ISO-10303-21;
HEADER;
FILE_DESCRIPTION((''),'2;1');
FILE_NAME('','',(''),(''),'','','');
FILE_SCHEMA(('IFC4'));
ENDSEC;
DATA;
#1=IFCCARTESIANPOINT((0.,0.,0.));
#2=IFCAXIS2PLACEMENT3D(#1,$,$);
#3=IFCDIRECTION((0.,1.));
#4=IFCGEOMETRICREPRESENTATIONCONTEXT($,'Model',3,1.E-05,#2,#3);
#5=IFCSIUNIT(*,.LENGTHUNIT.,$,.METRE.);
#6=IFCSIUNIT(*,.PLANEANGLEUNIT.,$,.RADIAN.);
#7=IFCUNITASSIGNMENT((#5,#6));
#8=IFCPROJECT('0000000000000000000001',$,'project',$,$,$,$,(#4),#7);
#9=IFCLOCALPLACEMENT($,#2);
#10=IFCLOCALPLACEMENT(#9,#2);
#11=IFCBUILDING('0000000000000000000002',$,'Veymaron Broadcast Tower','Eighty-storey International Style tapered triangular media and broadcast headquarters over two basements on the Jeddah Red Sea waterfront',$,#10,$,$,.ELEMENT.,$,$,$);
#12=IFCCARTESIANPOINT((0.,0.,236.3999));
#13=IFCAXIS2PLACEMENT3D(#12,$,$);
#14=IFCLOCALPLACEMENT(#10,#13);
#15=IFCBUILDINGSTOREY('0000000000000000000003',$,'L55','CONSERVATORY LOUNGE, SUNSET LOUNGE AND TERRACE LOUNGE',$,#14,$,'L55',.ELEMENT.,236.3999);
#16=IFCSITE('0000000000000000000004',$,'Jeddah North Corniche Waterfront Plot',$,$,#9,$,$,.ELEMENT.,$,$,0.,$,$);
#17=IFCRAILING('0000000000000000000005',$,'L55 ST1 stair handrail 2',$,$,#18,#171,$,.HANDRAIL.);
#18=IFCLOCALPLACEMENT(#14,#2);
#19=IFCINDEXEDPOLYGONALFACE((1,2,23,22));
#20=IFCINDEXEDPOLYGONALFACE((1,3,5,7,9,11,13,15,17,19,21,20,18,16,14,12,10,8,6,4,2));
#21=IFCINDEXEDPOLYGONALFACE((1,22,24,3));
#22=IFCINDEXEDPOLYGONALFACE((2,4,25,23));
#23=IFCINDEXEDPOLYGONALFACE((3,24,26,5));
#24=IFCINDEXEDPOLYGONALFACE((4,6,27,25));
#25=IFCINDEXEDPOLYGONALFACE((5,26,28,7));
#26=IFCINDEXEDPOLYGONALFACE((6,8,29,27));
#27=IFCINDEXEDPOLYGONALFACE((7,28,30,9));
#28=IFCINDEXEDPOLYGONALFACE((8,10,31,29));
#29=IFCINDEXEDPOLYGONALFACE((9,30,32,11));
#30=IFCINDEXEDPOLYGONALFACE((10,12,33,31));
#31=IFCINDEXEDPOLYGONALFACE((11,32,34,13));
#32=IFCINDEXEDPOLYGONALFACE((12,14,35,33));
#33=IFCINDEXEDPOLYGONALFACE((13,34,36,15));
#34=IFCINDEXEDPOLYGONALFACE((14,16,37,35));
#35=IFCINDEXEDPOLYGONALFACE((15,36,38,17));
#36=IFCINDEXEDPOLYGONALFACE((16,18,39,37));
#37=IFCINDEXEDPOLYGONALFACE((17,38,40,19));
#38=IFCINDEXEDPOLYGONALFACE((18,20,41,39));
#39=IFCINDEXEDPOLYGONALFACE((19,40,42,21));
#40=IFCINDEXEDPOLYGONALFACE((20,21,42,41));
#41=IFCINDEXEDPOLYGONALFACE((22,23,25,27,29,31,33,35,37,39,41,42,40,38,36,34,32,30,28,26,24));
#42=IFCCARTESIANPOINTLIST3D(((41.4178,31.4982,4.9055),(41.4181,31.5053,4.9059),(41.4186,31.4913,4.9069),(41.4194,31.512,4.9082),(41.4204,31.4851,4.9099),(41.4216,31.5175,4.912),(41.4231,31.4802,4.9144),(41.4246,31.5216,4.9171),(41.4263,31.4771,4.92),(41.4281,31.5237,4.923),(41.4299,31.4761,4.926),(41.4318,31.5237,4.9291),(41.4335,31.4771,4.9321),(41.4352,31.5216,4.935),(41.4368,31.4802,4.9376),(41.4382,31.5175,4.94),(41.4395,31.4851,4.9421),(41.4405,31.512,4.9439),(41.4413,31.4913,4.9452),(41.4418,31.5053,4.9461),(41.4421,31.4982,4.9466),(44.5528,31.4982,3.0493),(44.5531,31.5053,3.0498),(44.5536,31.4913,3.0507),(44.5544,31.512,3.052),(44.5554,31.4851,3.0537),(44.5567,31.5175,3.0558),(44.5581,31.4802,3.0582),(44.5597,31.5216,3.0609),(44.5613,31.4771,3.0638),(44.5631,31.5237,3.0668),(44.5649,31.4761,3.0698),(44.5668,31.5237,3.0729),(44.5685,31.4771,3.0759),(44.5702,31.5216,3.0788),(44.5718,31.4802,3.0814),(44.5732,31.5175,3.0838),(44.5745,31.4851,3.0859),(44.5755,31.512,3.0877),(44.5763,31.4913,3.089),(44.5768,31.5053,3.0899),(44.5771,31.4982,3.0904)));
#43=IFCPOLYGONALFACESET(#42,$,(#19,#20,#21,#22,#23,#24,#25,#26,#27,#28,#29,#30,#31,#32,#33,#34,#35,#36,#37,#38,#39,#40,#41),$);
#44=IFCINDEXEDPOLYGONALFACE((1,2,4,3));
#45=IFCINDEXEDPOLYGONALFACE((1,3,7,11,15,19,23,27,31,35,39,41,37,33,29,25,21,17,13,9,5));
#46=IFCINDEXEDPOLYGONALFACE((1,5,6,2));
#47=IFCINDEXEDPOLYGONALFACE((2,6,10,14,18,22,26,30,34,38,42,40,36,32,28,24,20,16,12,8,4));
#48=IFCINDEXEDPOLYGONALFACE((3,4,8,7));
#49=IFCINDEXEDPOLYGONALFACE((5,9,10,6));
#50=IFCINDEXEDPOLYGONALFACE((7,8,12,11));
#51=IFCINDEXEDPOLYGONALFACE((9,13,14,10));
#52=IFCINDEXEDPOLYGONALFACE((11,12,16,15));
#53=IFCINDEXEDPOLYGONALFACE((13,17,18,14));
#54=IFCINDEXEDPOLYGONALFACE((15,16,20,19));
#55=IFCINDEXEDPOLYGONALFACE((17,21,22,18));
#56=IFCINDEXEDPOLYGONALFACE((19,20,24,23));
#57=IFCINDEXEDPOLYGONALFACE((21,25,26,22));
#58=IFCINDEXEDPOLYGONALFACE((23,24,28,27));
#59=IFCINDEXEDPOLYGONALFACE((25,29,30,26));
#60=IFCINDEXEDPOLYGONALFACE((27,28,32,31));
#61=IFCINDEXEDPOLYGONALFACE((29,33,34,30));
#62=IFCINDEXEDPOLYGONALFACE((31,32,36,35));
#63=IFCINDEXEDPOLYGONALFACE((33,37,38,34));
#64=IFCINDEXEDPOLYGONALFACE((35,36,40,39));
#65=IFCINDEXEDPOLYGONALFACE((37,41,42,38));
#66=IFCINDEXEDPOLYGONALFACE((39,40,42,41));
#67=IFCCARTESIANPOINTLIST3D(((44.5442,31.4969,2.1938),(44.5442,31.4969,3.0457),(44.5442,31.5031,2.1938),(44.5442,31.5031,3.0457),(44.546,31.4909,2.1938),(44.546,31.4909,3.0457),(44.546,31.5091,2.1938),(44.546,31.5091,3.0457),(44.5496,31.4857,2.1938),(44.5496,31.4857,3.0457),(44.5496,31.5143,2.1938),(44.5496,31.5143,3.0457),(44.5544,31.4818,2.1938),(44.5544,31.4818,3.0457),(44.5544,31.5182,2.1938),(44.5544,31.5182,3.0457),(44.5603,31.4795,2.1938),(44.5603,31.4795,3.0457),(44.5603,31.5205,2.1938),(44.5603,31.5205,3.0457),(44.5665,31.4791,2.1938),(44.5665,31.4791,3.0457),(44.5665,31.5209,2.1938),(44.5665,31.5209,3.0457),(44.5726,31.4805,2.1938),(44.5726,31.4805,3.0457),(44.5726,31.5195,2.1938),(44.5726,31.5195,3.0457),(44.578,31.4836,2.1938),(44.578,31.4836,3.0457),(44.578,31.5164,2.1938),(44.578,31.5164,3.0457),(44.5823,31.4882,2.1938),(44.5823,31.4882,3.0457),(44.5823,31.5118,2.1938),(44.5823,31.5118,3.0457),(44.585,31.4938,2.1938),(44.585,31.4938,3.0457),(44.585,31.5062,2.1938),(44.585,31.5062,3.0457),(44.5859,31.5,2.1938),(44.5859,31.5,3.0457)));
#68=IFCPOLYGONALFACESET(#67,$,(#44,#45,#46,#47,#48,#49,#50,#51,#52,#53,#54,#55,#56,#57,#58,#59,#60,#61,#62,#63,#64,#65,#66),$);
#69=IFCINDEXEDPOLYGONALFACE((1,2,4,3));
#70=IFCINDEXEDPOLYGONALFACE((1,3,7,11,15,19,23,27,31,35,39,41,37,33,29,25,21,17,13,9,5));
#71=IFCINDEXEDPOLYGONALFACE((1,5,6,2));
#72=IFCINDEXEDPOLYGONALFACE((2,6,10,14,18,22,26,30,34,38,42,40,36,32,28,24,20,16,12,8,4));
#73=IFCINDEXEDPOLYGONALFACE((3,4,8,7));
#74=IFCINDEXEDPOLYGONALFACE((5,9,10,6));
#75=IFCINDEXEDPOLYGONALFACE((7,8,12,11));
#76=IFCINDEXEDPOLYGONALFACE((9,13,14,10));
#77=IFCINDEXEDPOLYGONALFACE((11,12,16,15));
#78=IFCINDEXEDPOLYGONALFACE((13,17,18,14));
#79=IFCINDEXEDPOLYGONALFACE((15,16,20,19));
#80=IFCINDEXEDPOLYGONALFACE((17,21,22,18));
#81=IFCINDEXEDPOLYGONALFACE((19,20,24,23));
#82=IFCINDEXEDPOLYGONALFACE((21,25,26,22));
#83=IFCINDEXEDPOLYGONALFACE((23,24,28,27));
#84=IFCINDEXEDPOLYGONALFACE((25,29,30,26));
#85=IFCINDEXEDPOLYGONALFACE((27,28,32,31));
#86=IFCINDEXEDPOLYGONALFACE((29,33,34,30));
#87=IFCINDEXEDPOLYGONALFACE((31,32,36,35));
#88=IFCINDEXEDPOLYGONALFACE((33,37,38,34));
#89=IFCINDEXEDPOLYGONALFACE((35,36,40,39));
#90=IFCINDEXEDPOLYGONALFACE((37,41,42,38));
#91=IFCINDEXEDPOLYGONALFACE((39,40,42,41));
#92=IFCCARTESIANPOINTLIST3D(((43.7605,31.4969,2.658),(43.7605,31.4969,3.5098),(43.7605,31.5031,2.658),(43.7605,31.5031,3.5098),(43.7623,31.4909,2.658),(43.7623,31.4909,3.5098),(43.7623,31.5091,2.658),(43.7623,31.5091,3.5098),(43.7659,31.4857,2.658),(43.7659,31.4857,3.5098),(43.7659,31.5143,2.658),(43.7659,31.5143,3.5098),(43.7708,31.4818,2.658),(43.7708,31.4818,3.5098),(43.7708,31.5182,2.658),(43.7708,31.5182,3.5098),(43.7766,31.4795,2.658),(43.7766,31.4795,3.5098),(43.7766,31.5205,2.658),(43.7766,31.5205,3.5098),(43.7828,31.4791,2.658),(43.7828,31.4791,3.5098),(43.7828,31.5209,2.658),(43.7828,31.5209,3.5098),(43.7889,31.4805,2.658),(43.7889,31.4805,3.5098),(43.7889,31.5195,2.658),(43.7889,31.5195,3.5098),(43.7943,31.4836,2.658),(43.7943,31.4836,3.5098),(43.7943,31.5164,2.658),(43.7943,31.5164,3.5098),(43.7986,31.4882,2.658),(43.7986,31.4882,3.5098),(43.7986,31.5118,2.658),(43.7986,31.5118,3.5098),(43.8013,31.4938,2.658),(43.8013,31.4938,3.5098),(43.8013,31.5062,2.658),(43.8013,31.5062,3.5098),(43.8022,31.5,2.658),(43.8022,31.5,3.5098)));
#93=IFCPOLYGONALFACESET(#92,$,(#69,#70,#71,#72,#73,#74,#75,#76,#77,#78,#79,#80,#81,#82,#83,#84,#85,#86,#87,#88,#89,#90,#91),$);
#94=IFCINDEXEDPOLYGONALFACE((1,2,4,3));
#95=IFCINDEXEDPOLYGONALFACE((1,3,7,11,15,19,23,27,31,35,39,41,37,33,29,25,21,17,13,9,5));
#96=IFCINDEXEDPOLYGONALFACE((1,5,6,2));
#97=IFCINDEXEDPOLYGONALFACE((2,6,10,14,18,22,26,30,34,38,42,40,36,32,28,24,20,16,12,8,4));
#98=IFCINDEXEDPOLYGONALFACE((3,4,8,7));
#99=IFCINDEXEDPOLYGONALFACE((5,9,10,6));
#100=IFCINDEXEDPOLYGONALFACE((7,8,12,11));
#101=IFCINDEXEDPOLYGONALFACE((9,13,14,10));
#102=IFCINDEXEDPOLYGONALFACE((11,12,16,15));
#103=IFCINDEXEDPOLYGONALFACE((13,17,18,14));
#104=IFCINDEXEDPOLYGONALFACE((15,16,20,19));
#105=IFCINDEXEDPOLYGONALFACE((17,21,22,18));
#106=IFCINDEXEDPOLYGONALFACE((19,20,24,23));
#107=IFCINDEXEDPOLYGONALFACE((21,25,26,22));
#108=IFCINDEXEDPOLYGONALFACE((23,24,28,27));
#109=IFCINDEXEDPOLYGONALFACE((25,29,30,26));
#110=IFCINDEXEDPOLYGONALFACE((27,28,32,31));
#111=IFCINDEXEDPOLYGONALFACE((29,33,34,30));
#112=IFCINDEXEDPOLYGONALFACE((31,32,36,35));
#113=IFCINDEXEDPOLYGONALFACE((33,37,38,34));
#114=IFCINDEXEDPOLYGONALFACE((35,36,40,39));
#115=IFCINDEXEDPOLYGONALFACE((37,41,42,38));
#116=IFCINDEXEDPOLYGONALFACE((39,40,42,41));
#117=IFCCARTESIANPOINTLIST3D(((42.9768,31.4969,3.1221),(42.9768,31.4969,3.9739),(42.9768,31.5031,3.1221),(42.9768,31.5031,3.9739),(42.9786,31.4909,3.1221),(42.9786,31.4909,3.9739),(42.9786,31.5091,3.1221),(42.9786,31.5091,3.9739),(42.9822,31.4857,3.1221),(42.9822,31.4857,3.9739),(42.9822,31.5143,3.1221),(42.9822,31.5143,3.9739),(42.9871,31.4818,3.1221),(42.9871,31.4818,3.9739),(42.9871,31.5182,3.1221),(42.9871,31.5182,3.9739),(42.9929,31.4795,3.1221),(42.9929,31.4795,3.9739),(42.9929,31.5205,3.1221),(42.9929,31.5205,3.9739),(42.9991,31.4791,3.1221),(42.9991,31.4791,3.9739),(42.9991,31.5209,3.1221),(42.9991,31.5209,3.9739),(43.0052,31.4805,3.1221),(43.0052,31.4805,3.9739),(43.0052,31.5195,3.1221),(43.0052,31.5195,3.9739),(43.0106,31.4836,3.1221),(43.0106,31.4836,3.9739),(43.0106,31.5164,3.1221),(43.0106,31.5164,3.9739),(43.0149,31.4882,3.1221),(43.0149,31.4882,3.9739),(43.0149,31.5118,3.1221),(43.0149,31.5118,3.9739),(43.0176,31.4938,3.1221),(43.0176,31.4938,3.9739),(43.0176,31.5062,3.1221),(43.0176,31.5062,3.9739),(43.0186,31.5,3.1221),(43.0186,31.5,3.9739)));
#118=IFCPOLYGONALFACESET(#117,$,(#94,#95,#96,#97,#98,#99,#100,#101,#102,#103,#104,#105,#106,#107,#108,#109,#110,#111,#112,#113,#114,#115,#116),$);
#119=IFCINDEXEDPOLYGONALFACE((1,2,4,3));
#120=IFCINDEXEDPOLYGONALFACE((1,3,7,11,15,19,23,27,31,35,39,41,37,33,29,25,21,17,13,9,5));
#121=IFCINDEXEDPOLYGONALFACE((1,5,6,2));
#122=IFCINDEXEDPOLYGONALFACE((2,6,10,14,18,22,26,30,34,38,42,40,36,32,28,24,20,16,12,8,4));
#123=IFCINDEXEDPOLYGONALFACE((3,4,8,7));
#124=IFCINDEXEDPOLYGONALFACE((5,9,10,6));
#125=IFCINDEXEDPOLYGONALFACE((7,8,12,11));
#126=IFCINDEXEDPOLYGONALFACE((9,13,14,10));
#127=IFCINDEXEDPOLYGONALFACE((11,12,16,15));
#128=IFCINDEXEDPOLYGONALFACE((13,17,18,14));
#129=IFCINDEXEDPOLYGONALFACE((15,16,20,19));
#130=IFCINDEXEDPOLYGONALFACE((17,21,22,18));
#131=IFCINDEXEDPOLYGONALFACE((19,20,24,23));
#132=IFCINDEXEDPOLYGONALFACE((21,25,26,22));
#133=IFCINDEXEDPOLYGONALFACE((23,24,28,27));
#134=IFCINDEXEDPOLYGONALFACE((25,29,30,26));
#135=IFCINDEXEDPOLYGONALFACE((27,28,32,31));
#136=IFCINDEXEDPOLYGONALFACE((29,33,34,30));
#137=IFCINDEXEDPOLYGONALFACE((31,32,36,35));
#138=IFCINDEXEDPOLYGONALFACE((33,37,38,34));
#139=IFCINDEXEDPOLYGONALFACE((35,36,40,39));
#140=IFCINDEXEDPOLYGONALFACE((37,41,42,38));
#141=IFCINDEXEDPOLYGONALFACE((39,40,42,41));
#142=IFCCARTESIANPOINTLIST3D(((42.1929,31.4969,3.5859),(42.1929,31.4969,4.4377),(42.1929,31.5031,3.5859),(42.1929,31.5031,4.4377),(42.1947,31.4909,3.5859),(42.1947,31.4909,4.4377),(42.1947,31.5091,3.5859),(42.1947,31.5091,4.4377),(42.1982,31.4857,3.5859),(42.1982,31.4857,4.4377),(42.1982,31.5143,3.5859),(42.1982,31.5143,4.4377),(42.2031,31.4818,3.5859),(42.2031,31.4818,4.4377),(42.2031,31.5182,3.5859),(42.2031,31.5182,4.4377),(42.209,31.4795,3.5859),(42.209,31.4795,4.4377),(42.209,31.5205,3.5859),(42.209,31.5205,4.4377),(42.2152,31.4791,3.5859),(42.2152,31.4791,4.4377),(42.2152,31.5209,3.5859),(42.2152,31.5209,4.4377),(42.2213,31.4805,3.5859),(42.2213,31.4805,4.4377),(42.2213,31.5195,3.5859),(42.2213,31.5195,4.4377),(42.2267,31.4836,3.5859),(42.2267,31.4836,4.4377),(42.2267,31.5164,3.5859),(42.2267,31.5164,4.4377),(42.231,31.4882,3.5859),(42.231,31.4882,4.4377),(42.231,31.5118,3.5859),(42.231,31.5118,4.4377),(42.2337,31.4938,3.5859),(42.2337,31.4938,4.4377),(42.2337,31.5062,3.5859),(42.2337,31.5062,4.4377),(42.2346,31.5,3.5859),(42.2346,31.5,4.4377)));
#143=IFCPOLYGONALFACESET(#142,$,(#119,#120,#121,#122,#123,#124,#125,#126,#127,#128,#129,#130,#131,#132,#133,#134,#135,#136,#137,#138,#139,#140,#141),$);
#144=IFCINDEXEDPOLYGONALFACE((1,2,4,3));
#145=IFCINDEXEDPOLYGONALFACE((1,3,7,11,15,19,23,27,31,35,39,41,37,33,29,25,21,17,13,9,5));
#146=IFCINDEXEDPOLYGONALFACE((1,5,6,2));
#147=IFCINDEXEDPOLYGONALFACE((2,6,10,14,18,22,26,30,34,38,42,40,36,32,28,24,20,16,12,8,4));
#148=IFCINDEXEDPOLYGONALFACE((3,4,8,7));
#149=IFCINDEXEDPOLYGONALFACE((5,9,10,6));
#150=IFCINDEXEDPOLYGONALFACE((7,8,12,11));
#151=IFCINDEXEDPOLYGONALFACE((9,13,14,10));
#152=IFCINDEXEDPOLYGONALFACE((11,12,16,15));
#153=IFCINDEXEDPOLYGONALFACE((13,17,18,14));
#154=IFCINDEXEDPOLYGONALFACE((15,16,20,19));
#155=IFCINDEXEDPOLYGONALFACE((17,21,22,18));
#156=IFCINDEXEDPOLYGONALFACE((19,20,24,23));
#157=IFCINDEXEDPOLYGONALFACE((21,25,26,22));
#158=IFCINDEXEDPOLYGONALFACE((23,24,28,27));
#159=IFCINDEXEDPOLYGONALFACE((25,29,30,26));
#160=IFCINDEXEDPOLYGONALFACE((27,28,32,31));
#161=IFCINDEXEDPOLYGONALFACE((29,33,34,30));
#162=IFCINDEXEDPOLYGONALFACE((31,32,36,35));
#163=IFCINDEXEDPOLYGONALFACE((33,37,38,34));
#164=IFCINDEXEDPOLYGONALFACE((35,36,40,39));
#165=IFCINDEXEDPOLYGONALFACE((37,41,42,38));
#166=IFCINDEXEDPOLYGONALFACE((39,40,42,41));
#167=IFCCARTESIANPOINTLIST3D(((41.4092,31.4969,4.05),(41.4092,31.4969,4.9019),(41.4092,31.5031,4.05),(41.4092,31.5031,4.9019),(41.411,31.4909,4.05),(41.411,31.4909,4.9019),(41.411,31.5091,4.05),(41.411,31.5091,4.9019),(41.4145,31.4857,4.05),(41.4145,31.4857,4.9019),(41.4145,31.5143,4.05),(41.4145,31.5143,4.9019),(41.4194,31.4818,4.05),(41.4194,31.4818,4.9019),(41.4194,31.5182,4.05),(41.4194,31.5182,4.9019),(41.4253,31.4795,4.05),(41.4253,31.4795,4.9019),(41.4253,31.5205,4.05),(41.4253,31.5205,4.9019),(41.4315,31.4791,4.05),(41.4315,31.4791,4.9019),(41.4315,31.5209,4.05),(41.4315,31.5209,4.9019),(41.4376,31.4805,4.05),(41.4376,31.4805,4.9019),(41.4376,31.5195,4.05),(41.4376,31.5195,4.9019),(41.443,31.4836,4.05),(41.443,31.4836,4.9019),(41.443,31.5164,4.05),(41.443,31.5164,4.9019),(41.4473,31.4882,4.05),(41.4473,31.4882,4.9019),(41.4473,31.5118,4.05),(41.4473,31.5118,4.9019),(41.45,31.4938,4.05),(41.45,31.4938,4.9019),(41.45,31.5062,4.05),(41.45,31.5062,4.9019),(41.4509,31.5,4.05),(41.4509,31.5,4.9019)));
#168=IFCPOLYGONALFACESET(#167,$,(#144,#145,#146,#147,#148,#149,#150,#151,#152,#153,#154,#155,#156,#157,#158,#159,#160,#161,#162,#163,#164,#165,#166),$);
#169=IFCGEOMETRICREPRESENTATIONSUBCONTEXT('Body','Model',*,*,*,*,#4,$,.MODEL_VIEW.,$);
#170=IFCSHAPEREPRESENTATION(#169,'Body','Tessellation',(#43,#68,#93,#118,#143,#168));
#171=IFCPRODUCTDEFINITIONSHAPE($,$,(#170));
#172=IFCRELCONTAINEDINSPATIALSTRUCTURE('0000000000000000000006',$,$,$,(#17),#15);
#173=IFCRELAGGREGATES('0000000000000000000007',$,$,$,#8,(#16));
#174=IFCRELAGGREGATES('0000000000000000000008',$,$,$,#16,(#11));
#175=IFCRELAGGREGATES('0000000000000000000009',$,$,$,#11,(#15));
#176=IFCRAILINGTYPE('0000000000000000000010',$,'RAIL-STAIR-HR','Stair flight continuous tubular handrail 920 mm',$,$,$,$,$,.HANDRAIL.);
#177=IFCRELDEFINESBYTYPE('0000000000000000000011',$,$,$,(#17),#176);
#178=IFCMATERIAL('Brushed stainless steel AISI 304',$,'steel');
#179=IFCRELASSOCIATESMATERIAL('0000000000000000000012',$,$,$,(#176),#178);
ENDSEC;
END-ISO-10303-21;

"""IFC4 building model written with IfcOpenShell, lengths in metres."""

from ifc_helpers import new_model, si_unit, direction, frame, origin, origin_2d, place, context, subcontext, project, spatial, circle, extrude, material, type_object, element, save


model = new_model("IFC4")

# Units and contexts
model_context = context("Model", 3, precision=1e-05, world=origin(), true_north=direction((0.0, 1.0)))
body_context = subcontext(model_context, "Body", "Model", "MODEL_VIEW")
ifc_project = project(units=[si_unit("LENGTHUNIT", "METRE"), si_unit("PLANEANGLEUNIT", "RADIAN")], contexts=[model_context])

# Site, building, storey
site_placement = place(None, origin())
site = spatial("IfcSite", under=ifc_project, at=site_placement, Name="Jeddah North Corniche Waterfront Plot", CompositionType="ELEMENT", RefElevation=0.0)
building_placement = place(site_placement, origin())
building = spatial("IfcBuilding", under=site, at=building_placement, Name="Veymaron Broadcast Tower", Description="Eighty-storey International Style tapered triangular media and broadcast headquarters over two basements on the Jeddah Red Sea waterfront", CompositionType="ELEMENT")
storey_placement = place(building_placement, frame((0.0, 0.0, 236.3999)))
storey = spatial("IfcBuildingStorey", under=building, at=storey_placement, Name="L55", Description="CONSERVATORY LOUNGE, SUNSET LOUNGE AND TERRACE LOUNGE", LongName="L55", CompositionType="ELEMENT", Elevation=236.3999)

# Shared definitions
ifc_material_1 = material(Name="Brushed stainless steel AISI 304", Category="steel")

# Railing
railing_type_1 = type_object("IfcRailingType", Name="RAIL-STAIR-HR", Description="Stair flight continuous tubular handrail 920 mm", PredefinedType="HANDRAIL", material=ifc_material_1)
railing_1_placement = place(storey_placement, frame((44.5649, 31.5, 2.1938)))
element("IfcRailing", 1, at=railing_1_placement, inside=storey, type_object=railing_type_1, Name="L55 ST1 stair handrail 2", PredefinedType="HANDRAIL", context=body_context, shape_type="SweptSolid", body=[
    extrude(circle(Radius=0.0239, at=origin_2d()), frame((0.0, 0.0, 0.876), z_axis=(-0.860482, 0.0, 0.509481), x_axis=(0.0, -1.0, 0.0)), (0.0, 0.0, 1.0), 3.6433),
    extrude(circle(Radius=0.021, at=origin_2d()), origin(), (0.0, 0.0, 1.0), 0.8518),
    extrude(circle(Radius=0.021, at=origin_2d()), frame((-0.7837, 0.0, 0.4641)), (0.0, 0.0, 1.0), 0.8518),
    extrude(circle(Radius=0.021, at=origin_2d()), frame((-1.5674, 0.0, 0.9282)), (0.0, 0.0, 1.0), 0.8518),
    extrude(circle(Radius=0.021, at=origin_2d()), frame((-2.3513, 0.0, 1.3921)), (0.0, 0.0, 1.0), 0.8518),
    extrude(circle(Radius=0.021, at=origin_2d()), frame((-3.135, 0.0, 1.8562)), (0.0, 0.0, 1.0), 0.8518),
])

save(model, "model.ifc")
